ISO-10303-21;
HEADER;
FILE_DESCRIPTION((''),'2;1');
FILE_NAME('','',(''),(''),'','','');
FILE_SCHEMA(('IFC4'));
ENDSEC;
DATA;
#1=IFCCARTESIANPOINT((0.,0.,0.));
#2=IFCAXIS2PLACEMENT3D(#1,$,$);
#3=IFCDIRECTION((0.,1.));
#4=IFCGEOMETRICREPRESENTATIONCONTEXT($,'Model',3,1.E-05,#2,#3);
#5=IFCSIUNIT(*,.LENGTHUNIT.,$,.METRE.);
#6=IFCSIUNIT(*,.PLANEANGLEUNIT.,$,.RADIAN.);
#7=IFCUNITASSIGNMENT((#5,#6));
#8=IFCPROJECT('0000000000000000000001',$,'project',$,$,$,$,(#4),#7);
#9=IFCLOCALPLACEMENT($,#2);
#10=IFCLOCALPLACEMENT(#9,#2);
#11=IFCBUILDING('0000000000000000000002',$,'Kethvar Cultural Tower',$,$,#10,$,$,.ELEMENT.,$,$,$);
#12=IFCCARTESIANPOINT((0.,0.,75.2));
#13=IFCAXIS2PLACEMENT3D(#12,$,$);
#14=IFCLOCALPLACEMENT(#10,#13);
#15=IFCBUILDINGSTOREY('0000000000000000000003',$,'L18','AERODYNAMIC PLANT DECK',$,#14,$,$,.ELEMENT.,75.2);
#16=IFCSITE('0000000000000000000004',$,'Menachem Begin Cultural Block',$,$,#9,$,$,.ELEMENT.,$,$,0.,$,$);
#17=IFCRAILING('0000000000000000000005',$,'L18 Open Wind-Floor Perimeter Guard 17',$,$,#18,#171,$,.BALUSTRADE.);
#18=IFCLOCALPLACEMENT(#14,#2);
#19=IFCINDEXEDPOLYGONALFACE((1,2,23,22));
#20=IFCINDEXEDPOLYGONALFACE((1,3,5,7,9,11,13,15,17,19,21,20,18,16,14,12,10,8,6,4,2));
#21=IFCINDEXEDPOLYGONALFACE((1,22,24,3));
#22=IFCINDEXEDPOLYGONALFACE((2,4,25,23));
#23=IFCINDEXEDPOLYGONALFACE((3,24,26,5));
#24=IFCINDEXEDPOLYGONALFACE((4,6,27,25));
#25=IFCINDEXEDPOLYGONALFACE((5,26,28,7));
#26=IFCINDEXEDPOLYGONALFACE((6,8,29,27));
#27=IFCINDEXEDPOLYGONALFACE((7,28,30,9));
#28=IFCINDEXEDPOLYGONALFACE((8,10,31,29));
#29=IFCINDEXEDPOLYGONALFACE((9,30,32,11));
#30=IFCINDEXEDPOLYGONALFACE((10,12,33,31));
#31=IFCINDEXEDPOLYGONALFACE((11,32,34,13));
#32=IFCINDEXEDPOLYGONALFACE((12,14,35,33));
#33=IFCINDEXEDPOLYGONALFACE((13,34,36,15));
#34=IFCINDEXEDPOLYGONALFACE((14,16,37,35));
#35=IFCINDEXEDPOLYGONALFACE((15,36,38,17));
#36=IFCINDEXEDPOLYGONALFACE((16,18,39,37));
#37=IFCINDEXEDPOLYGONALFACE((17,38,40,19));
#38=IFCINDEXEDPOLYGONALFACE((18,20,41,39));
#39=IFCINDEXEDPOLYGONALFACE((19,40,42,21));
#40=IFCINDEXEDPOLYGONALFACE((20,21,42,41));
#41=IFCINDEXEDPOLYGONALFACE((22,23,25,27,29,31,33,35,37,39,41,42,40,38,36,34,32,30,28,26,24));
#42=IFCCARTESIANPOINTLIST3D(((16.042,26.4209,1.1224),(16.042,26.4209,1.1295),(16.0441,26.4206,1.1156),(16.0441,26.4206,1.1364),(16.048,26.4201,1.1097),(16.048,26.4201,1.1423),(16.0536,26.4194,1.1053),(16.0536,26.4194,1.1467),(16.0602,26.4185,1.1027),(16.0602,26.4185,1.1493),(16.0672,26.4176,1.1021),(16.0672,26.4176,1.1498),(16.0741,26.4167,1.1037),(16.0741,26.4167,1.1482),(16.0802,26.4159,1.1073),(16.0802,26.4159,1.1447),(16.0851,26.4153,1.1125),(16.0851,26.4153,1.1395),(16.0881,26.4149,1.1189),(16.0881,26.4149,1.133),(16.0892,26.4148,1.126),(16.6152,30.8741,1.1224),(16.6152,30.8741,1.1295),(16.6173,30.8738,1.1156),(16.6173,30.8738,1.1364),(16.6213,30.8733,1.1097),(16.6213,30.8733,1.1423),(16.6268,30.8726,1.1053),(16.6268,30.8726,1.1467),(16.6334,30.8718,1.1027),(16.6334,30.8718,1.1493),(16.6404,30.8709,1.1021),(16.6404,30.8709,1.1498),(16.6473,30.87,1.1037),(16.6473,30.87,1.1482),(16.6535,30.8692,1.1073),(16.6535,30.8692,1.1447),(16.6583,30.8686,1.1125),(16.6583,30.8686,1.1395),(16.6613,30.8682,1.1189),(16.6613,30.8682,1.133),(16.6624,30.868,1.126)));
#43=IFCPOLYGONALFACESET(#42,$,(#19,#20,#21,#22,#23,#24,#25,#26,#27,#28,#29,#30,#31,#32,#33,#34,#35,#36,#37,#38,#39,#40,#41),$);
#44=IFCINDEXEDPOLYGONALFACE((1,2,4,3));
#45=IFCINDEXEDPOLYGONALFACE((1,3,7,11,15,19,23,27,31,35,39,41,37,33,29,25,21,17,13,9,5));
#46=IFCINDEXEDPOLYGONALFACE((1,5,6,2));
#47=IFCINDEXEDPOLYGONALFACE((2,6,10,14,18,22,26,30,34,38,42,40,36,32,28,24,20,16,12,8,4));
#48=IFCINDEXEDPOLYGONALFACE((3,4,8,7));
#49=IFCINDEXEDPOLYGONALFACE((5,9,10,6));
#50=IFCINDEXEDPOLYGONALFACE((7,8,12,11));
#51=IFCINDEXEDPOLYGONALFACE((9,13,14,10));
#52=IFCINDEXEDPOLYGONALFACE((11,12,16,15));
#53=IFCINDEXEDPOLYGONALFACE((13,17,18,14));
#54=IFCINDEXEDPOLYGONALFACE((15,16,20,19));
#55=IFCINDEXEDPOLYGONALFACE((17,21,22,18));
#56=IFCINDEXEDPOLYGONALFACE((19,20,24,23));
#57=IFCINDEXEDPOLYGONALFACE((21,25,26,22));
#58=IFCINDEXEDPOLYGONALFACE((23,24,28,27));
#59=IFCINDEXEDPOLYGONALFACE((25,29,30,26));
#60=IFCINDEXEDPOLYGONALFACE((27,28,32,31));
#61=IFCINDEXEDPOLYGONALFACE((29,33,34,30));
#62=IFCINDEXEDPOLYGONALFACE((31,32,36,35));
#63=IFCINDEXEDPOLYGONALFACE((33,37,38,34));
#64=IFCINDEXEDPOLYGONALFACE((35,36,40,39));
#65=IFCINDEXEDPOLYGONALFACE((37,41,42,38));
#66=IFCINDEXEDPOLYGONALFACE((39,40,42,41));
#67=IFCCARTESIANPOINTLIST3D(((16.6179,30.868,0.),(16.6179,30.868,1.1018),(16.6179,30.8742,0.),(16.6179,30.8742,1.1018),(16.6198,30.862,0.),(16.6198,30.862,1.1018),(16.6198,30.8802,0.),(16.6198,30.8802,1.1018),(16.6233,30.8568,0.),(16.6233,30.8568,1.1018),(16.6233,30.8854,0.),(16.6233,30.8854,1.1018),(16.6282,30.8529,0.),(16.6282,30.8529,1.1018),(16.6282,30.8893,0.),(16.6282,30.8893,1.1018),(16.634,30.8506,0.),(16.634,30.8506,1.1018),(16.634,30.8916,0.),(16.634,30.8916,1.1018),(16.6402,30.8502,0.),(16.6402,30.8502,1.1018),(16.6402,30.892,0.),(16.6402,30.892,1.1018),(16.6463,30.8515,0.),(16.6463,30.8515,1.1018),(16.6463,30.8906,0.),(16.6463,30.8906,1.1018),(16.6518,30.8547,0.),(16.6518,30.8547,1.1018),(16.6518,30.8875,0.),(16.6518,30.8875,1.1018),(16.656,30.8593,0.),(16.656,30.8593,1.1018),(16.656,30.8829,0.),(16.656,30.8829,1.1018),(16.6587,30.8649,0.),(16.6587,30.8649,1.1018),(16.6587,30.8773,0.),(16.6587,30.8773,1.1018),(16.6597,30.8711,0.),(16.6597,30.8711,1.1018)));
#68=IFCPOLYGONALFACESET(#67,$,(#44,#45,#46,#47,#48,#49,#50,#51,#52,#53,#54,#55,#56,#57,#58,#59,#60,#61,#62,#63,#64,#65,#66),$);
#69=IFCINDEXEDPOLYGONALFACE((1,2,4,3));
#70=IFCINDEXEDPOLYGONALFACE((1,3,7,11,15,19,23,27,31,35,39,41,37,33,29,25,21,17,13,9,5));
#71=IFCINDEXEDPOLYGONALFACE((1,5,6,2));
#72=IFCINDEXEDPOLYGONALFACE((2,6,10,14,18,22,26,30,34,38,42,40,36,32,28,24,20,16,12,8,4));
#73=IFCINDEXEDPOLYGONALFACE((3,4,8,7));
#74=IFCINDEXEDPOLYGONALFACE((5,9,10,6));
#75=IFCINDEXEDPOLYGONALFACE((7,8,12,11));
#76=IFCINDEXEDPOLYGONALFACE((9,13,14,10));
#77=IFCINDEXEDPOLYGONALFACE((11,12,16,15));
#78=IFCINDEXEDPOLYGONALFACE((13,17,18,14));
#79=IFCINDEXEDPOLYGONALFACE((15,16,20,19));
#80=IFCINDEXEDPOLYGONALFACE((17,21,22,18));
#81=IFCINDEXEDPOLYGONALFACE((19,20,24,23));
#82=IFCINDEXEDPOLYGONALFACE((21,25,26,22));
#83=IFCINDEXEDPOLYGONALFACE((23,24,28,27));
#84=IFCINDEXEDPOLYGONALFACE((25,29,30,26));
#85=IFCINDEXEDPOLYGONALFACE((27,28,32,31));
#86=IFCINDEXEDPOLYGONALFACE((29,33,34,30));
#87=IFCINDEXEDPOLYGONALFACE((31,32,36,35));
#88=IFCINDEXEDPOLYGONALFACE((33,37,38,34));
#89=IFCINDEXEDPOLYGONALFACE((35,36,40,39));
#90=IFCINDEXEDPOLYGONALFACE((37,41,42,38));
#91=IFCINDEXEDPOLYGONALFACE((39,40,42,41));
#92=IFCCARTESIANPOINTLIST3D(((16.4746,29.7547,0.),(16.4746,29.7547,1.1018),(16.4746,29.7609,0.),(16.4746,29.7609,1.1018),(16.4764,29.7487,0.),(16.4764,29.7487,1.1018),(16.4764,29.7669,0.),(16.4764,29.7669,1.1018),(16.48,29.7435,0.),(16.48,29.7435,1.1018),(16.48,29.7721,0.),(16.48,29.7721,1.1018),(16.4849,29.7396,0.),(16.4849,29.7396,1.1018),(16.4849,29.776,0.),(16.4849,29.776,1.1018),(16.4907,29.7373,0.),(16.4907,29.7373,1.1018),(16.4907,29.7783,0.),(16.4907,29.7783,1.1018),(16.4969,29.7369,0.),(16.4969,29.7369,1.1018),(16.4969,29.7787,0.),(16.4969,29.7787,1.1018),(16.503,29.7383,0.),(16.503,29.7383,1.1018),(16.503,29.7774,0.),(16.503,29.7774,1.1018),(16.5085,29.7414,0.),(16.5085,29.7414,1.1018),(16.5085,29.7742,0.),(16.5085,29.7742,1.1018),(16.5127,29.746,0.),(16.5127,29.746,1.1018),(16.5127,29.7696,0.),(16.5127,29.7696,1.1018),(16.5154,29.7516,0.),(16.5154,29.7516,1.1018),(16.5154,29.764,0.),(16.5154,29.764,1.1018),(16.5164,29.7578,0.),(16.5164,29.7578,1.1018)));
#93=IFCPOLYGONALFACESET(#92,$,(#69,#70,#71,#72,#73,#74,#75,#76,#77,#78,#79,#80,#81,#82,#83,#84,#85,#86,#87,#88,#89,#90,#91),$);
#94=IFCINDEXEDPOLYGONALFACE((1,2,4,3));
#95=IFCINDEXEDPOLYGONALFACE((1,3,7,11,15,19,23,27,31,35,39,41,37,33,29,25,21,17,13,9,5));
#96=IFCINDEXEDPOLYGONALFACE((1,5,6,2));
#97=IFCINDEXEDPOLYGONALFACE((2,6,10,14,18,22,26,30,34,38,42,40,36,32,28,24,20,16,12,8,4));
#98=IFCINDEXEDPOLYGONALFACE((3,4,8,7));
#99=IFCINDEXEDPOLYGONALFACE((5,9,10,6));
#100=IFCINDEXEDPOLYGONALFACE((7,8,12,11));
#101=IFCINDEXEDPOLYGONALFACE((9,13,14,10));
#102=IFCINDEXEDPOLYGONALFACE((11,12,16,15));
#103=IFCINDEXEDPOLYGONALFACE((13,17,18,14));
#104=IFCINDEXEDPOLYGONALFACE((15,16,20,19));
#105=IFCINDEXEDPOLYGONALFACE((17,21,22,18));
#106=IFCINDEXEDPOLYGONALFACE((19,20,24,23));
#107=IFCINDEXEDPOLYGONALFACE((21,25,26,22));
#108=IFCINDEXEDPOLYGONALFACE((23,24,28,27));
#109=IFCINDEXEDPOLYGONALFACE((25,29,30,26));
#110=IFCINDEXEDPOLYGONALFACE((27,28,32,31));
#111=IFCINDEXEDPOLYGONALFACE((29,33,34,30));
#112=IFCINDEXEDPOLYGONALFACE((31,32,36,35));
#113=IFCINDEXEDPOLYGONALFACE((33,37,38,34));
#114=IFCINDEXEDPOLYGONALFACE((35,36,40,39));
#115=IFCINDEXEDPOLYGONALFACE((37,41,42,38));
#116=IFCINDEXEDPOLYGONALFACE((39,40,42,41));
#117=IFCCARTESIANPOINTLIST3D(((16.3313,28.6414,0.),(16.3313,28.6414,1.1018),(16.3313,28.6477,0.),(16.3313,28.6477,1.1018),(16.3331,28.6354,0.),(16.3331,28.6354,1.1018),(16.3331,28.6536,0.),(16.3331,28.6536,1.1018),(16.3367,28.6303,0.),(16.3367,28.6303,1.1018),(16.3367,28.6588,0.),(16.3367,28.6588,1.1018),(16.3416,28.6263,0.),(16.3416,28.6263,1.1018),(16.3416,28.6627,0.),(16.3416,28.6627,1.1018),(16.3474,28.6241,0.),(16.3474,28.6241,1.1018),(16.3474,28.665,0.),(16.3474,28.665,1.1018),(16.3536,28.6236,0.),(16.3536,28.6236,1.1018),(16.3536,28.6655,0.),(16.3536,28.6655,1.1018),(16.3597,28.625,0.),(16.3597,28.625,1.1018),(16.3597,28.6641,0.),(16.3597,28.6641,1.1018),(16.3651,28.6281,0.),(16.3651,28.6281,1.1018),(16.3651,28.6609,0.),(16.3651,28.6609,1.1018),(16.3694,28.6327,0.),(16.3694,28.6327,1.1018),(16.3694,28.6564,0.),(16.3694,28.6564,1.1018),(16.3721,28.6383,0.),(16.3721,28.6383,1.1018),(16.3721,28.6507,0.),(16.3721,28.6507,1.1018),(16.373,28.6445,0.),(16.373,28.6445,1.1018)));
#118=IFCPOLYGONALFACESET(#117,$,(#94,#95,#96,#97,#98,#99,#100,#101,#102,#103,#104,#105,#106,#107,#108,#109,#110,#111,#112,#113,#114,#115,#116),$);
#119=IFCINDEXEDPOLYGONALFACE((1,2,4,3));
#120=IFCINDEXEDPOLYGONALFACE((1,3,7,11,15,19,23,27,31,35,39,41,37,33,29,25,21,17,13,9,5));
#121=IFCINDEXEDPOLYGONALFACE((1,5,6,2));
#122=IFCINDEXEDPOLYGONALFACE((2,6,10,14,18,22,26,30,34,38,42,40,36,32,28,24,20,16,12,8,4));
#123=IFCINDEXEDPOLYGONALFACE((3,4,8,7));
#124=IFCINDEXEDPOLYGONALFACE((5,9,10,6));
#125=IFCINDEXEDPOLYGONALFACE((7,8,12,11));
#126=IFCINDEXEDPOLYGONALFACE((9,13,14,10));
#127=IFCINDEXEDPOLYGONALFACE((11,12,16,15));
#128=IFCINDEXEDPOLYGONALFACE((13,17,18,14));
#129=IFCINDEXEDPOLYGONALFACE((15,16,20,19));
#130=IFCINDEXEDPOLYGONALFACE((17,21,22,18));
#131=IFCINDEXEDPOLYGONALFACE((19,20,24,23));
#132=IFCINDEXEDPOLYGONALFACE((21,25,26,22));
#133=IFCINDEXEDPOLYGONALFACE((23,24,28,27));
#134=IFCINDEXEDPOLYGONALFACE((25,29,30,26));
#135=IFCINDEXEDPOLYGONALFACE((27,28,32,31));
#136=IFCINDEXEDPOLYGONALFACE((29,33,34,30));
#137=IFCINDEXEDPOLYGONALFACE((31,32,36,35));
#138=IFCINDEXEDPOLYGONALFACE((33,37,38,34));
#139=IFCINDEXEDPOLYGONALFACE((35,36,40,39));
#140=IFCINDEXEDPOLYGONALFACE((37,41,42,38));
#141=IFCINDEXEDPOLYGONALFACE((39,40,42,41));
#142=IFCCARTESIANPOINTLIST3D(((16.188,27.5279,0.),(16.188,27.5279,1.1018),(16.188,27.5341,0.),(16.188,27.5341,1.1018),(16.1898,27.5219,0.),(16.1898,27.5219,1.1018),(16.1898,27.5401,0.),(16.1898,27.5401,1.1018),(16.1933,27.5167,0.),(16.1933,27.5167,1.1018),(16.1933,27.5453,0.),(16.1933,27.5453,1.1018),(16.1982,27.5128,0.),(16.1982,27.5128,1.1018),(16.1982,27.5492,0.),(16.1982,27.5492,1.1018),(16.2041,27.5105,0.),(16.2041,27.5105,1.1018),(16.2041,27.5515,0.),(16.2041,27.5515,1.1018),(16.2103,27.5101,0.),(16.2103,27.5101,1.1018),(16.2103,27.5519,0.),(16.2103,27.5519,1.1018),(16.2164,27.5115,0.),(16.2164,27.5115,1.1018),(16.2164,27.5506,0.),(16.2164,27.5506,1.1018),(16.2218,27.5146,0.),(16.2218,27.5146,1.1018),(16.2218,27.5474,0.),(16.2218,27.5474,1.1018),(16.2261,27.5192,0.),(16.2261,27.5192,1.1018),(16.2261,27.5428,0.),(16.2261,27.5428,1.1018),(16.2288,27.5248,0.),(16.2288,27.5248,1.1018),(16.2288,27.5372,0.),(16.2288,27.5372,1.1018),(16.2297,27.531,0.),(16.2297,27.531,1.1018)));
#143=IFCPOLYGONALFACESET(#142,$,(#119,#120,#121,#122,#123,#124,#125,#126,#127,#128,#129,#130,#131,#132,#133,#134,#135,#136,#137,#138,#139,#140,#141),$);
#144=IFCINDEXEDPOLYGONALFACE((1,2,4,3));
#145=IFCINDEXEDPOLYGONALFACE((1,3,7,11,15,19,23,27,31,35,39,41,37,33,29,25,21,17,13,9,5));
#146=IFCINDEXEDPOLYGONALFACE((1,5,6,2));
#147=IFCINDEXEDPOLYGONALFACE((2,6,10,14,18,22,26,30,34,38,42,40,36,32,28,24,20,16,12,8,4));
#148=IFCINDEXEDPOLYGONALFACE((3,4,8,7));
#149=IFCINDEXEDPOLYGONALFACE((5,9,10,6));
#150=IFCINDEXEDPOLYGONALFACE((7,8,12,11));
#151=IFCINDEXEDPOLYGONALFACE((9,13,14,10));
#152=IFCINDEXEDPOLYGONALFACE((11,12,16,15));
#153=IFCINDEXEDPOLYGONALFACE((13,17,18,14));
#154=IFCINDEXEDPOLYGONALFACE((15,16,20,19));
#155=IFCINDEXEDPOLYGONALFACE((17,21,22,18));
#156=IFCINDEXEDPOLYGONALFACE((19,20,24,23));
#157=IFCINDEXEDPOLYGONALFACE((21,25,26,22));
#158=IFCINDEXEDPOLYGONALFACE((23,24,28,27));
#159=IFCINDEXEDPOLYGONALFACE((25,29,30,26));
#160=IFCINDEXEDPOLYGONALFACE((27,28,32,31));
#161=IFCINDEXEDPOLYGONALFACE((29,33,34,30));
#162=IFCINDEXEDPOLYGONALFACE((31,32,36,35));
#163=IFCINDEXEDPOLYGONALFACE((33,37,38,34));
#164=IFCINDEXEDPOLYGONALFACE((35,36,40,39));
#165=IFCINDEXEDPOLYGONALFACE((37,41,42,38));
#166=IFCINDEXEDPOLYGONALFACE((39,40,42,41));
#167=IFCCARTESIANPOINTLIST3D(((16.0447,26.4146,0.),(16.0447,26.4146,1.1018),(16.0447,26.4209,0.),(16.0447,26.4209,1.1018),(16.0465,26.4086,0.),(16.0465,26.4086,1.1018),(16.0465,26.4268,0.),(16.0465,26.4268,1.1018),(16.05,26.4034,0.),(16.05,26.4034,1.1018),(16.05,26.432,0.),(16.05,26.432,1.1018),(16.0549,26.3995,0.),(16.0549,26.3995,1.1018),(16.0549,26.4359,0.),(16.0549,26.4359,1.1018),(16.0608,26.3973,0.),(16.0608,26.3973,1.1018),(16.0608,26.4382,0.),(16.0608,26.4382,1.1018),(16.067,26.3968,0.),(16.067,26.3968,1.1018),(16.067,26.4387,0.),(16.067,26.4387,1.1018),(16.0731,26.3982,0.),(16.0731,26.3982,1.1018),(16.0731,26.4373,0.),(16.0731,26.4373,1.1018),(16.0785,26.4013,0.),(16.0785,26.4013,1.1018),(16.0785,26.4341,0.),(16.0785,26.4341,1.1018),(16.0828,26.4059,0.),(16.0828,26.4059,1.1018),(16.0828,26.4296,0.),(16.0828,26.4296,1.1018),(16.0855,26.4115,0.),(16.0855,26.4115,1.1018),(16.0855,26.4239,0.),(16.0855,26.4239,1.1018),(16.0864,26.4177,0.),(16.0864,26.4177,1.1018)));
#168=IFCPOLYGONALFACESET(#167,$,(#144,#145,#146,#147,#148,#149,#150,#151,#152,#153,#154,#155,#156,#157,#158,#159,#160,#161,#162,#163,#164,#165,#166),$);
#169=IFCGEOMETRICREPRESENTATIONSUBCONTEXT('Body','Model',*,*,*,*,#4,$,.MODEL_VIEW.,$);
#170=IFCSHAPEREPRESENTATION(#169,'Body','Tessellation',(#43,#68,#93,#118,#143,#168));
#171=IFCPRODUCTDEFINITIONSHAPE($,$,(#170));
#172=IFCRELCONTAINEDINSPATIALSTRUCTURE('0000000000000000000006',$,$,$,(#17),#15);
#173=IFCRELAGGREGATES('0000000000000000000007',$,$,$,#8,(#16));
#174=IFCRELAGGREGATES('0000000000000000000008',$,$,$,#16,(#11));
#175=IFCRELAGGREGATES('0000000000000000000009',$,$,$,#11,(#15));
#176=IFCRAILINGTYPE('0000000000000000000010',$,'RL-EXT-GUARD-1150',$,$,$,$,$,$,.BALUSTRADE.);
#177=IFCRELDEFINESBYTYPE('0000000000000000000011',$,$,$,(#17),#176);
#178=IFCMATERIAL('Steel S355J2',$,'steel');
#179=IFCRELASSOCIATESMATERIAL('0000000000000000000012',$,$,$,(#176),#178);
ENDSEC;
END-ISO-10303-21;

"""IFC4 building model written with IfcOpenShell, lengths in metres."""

from ifc_helpers import new_model, si_unit, direction, frame, origin, origin_2d, place, context, subcontext, project, spatial, circle, extrude, material, type_object, element, save


model = new_model("IFC4")

# Units and contexts
model_context = context("Model", 3, precision=1e-05, world=origin(), true_north=direction((0.0, 1.0)))
body_context = subcontext(model_context, "Body", "Model", "MODEL_VIEW")
ifc_project = project(units=[si_unit("LENGTHUNIT", "METRE"), si_unit("PLANEANGLEUNIT", "RADIAN")], contexts=[model_context])

# Site, building, storey
site_placement = place(None, origin())
site = spatial("IfcSite", under=ifc_project, at=site_placement, Name="Menachem Begin Cultural Block", CompositionType="ELEMENT", RefElevation=0.0)
building_placement = place(site_placement, origin())
building = spatial("IfcBuilding", under=site, at=building_placement, Name="Kethvar Cultural Tower", CompositionType="ELEMENT")
storey_placement = place(building_placement, frame((0.0, 0.0, 75.2)))
storey = spatial("IfcBuildingStorey", under=building, at=storey_placement, Name="L18", Description="AERODYNAMIC PLANT DECK", CompositionType="ELEMENT", Elevation=75.2)

# Shared definitions
ifc_material_1 = material(Name="Steel S355J2", Category="steel")

# Railing
railing_type = type_object("IfcRailingType", Name="RL-EXT-GUARD-1150", PredefinedType="BALUSTRADE", material=ifc_material_1)
railing_1_placement = place(storey_placement, frame((16.6387, 30.8711, 0.0)))
element("IfcRailing", 1, at=railing_1_placement, inside=storey, type_object=railing_type, Name="L18 Open Wind-Floor Perimeter Guard 17", PredefinedType="BALUSTRADE", context=body_context, shape_type="SweptSolid", body=[
    extrude(circle(Radius=0.0239, at=origin_2d()), frame((0.0, 0.0, 1.126), z_axis=(-0.127668, -0.991817, 0.0), x_axis=(0.991817, -0.127668, 0.0)), (0.0, 0.0, 1.0), 4.49),
    extrude(circle(Radius=0.021, at=origin_2d()), origin(), (0.0, 0.0, 1.0), 1.1018),
    extrude(circle(Radius=0.021, at=origin_2d()), frame((-0.1433, -1.1133, 0.0)), (0.0, 0.0, 1.0), 1.1018),
    extrude(circle(Radius=0.021, at=origin_2d()), frame((-0.2866, -2.2266, 0.0)), (0.0, 0.0, 1.0), 1.1018),
    extrude(circle(Radius=0.021, at=origin_2d()), frame((-0.4299, -3.3401, 0.0)), (0.0, 0.0, 1.0), 1.1018),
    extrude(circle(Radius=0.021, at=origin_2d()), frame((-0.5732, -4.4534, 0.0)), (0.0, 0.0, 1.0), 1.1018),
])

save(model, "model.ifc")
